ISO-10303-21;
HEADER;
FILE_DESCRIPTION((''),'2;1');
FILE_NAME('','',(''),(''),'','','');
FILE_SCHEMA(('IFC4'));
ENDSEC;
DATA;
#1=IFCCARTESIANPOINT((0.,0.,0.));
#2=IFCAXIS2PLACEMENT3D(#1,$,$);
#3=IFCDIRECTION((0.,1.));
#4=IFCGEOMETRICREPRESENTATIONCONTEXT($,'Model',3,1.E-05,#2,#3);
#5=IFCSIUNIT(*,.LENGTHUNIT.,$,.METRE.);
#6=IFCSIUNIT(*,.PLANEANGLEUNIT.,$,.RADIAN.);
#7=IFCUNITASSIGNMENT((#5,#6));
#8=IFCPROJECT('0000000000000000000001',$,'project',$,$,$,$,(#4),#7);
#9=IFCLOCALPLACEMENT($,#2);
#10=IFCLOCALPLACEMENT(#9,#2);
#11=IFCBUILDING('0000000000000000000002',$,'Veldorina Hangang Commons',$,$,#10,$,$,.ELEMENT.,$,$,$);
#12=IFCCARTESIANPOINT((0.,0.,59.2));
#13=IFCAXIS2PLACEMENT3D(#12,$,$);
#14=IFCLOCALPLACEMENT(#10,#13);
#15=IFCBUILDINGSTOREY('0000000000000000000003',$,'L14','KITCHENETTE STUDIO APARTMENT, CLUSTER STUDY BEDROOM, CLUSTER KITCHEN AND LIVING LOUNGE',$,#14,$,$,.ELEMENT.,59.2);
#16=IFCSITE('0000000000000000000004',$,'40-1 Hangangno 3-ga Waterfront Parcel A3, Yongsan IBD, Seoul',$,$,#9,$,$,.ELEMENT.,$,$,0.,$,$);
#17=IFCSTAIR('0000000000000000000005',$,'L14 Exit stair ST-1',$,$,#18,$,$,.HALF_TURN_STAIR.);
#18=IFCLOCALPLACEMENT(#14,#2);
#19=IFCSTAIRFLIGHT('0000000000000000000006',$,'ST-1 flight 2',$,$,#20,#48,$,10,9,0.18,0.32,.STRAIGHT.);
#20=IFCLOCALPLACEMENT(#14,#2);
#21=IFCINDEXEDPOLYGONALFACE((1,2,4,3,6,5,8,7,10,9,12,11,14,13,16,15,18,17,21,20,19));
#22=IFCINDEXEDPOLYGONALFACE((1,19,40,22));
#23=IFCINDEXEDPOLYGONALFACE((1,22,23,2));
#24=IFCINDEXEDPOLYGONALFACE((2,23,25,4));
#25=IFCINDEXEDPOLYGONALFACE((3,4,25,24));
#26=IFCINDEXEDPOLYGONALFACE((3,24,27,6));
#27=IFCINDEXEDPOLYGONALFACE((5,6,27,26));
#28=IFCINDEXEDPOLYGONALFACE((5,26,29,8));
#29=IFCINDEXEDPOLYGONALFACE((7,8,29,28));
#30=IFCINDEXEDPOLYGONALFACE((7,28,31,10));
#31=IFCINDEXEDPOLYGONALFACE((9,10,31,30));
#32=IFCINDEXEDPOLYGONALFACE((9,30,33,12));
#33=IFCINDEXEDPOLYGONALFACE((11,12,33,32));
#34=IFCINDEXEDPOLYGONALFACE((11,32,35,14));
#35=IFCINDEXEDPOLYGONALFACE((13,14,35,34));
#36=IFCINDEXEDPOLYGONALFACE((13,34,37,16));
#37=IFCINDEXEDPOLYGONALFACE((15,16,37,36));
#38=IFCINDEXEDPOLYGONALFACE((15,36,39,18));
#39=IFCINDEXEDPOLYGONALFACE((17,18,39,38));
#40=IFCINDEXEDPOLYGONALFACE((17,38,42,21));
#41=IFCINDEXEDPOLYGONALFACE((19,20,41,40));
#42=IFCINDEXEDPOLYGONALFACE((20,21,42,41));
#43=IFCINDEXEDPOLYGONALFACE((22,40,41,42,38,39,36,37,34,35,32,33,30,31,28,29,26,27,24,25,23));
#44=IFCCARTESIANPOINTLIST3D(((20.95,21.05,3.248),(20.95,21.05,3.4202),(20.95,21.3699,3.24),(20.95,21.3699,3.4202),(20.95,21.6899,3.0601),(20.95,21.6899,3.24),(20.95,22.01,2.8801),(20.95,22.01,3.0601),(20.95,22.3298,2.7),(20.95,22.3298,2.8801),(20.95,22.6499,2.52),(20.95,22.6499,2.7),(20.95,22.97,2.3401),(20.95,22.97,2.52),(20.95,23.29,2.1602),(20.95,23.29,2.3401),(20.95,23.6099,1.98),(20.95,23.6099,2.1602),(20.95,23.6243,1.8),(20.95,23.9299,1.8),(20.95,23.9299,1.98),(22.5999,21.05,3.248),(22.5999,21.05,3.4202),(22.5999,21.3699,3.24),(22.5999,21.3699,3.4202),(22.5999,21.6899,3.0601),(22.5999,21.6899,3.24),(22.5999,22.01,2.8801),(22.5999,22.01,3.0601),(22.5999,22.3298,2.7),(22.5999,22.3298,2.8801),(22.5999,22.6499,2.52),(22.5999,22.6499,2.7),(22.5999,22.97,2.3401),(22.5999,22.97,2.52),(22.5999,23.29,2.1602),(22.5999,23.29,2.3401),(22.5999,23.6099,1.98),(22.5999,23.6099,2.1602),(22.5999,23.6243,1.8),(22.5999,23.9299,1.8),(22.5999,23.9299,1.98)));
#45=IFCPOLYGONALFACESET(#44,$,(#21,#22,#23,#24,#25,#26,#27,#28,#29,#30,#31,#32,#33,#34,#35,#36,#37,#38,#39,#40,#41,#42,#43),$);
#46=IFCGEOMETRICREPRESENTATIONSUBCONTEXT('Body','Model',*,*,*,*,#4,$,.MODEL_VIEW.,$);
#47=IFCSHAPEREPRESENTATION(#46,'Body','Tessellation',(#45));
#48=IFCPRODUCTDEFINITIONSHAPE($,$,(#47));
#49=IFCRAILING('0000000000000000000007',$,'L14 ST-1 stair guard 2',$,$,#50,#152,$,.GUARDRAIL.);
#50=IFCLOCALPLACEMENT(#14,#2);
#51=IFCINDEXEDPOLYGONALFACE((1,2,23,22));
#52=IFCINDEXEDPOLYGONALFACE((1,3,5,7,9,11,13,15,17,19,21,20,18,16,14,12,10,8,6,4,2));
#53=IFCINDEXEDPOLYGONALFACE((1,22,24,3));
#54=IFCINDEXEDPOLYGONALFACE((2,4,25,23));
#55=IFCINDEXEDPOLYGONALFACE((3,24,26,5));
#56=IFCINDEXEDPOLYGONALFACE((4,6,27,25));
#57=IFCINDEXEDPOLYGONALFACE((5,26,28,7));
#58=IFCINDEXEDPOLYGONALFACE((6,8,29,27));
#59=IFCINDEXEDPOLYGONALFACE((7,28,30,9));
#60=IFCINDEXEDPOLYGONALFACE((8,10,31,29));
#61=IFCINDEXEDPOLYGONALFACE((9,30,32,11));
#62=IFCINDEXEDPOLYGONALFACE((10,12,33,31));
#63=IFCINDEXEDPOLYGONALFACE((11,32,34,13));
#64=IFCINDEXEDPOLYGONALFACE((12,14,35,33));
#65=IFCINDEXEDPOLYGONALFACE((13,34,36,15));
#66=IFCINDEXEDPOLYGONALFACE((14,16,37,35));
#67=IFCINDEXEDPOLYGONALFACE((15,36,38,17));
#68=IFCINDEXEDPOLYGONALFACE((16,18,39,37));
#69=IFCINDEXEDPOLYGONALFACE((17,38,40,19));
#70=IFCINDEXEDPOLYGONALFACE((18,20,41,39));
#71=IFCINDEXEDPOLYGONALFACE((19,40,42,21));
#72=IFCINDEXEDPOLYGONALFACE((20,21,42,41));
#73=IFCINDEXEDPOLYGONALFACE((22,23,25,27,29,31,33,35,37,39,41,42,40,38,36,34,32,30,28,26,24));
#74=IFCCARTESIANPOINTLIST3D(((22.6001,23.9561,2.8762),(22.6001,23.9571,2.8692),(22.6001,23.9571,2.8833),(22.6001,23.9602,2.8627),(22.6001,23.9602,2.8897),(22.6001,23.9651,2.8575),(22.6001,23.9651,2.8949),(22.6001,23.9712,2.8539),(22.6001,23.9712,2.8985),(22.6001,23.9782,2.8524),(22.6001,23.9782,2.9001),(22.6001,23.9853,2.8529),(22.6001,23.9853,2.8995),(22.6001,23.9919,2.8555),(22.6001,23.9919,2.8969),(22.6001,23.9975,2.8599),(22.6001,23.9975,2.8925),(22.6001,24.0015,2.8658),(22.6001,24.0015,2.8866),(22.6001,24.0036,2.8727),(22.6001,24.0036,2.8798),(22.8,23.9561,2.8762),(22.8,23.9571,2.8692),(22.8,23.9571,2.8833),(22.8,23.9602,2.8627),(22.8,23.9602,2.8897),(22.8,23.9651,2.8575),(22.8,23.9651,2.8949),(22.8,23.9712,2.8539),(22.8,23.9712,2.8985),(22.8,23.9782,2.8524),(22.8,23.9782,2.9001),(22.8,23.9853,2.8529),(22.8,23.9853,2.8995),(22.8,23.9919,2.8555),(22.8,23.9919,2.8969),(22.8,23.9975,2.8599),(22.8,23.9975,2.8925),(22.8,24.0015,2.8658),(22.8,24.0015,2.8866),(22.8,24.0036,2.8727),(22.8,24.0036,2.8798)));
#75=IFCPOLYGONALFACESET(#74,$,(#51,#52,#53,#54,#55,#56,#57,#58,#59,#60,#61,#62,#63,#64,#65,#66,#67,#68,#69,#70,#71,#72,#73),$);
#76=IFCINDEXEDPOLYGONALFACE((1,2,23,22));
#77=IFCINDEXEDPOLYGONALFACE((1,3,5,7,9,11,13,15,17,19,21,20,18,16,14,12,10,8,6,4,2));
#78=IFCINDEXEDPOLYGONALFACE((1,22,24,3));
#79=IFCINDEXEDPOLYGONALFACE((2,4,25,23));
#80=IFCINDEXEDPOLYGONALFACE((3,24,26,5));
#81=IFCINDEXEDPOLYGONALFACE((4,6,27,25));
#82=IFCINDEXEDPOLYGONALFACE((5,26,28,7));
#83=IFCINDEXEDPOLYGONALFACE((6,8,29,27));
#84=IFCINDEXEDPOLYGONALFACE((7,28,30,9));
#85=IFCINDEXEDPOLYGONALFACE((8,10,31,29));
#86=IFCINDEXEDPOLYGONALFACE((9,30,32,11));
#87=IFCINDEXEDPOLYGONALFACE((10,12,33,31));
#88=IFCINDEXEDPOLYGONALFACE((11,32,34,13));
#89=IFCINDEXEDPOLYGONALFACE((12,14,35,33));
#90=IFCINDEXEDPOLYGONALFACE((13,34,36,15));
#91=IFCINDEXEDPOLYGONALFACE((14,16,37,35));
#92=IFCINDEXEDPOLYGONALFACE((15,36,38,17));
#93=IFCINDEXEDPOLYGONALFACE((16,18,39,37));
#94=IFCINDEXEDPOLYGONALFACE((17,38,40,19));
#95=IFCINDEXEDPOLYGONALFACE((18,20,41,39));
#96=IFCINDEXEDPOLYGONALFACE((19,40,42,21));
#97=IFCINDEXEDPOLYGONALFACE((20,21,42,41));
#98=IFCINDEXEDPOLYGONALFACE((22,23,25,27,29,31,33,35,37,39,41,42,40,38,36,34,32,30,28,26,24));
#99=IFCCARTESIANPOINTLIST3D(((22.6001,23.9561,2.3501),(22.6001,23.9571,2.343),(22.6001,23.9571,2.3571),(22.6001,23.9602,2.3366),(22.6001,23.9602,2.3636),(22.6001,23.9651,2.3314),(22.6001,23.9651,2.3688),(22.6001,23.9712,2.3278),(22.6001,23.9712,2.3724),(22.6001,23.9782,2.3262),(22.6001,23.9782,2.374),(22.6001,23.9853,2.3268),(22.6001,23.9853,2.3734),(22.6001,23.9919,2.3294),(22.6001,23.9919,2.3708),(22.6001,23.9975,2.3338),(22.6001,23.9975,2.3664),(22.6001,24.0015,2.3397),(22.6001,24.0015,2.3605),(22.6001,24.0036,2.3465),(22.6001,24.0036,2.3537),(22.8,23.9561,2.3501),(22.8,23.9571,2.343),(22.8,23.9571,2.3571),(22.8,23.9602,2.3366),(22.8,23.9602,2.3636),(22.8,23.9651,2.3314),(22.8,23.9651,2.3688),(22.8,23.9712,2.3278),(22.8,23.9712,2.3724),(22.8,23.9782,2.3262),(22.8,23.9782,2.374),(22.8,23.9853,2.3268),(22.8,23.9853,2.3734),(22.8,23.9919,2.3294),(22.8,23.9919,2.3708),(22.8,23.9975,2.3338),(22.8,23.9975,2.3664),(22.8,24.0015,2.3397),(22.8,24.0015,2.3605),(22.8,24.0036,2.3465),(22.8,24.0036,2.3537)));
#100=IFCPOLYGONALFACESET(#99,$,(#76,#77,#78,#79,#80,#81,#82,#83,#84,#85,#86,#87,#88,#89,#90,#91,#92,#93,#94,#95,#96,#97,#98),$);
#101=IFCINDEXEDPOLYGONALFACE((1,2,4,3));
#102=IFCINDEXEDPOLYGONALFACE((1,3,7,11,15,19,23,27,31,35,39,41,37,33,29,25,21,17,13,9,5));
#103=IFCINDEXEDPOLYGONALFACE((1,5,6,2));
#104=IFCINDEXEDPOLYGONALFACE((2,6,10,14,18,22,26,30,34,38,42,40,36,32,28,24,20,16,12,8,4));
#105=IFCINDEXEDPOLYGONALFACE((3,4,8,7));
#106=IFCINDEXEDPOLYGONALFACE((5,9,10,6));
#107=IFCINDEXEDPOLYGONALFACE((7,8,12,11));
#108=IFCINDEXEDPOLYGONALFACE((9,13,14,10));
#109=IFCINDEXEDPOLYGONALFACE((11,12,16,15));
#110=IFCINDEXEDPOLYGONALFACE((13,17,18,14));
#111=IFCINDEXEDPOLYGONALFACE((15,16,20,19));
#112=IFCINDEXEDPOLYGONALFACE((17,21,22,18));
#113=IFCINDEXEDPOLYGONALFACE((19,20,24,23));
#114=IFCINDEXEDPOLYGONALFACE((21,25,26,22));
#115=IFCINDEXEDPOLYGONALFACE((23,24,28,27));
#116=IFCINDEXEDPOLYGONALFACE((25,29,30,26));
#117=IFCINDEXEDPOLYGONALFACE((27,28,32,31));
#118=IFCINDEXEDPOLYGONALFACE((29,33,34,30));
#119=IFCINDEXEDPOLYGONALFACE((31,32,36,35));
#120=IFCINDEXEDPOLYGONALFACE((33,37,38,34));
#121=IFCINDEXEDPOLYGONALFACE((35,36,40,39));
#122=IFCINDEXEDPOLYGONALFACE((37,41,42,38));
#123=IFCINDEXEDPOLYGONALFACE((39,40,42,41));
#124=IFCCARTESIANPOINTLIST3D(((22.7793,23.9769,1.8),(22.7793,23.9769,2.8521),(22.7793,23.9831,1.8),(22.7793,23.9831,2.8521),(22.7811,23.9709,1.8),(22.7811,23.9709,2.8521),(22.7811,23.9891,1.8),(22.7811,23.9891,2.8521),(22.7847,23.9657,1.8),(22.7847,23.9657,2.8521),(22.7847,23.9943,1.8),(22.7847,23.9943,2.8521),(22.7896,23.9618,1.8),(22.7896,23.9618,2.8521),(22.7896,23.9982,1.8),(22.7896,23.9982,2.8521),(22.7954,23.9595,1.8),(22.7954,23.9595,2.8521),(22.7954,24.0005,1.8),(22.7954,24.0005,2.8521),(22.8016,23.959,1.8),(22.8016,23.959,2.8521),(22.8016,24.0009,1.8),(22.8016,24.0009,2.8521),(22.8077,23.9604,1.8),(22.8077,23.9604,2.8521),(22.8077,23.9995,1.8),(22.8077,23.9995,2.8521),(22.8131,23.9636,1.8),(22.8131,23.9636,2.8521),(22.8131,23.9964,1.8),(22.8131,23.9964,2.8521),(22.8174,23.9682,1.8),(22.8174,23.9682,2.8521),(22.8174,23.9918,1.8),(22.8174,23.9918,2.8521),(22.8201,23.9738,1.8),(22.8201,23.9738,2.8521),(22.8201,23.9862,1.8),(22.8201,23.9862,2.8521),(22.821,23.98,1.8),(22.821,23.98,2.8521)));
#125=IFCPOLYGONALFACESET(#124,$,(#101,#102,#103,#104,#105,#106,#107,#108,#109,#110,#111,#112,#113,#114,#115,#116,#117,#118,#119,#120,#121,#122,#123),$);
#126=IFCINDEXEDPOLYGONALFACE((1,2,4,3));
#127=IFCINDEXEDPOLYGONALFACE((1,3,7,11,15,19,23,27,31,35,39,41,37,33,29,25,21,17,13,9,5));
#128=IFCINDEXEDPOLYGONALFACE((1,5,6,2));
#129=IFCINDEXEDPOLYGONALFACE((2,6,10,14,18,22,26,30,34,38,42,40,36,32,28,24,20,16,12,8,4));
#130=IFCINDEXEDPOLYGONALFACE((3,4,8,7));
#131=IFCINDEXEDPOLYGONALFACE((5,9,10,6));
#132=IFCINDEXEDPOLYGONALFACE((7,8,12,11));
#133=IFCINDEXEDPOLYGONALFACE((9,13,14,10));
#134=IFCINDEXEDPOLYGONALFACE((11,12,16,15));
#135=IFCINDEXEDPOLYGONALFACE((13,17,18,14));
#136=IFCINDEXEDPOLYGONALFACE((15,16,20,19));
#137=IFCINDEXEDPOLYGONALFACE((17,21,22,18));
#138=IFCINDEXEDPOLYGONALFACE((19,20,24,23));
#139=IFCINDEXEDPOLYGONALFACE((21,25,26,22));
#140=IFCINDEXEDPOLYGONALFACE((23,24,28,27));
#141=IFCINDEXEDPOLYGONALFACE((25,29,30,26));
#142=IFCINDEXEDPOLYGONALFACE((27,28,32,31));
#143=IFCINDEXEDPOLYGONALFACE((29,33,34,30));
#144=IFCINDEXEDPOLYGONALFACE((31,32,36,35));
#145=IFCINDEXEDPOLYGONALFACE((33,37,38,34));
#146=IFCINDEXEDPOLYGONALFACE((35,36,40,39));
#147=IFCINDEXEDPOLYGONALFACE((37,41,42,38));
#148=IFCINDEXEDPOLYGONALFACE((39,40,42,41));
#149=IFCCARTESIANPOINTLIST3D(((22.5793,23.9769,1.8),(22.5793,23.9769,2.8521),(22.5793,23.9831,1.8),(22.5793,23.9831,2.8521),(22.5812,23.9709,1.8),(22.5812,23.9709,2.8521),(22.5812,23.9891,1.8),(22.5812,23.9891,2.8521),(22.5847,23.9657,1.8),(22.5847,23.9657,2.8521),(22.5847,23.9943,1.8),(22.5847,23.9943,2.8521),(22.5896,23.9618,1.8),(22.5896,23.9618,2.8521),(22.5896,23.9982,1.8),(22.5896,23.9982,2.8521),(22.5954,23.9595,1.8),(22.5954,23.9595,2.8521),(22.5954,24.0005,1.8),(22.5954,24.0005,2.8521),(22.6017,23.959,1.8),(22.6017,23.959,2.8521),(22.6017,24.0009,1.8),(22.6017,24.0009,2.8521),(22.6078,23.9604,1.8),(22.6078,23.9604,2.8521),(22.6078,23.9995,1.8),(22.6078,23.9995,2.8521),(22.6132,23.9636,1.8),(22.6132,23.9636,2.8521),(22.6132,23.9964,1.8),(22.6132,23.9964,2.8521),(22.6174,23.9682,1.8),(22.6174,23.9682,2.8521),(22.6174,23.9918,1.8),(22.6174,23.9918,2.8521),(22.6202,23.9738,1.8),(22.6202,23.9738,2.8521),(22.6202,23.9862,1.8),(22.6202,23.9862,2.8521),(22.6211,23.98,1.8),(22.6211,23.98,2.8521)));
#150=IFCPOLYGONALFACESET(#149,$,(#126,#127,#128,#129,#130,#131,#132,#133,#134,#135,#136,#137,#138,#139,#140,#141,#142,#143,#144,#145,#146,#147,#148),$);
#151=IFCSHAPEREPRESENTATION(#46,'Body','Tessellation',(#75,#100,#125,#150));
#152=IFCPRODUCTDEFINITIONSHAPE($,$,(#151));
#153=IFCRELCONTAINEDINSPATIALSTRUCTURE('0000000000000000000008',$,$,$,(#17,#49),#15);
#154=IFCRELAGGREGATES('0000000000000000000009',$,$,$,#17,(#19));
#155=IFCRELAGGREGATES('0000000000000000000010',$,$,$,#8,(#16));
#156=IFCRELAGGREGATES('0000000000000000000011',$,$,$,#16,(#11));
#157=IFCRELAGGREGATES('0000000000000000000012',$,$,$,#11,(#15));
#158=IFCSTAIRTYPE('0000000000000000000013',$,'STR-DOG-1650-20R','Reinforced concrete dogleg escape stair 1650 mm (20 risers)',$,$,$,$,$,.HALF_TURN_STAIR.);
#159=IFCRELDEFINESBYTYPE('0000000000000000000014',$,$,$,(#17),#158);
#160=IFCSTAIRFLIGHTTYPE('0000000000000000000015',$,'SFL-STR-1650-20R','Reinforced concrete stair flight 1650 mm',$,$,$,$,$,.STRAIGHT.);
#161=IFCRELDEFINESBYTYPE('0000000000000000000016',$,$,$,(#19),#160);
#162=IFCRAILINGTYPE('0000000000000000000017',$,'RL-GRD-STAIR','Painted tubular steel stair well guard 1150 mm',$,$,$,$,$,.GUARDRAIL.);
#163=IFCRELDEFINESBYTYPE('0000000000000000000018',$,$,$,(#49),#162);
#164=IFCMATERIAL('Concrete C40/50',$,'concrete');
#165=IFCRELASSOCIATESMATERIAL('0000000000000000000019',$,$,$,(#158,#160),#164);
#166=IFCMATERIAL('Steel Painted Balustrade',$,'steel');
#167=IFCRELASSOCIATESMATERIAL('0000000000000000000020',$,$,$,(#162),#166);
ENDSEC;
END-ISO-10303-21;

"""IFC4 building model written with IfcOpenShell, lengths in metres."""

from ifc_helpers import new_model, si_unit, direction, frame, origin, origin_2d, place, context, subcontext, project, spatial, polyline, circle, outline, extrude, material, type_object, element, aggregate, save


model = new_model("IFC4")

# Units and contexts
model_context = context("Model", 3, precision=1e-05, world=origin(), true_north=direction((0.0, 1.0)))
body_context = subcontext(model_context, "Body", "Model", "MODEL_VIEW")
ifc_project = project(units=[si_unit("LENGTHUNIT", "METRE"), si_unit("PLANEANGLEUNIT", "RADIAN")], contexts=[model_context])

# Site, building, storey
site_placement = place(None, origin())
site = spatial("IfcSite", under=ifc_project, at=site_placement, Name="40-1 Hangangno 3-ga Waterfront Parcel A3, Yongsan IBD, Seoul", CompositionType="ELEMENT", RefElevation=0.0)
building_placement = place(site_placement, origin())
building = spatial("IfcBuilding", under=site, at=building_placement, Name="Veldorina Hangang Commons", CompositionType="ELEMENT")
storey_placement = place(building_placement, frame((0.0, 0.0, 59.2)))
storey = spatial("IfcBuildingStorey", under=building, at=storey_placement, Name="L14", Description="KITCHENETTE STUDIO APARTMENT, CLUSTER STUDY BEDROOM, CLUSTER KITCHEN AND LIVING LOUNGE", CompositionType="ELEMENT", Elevation=59.2)

# Stair, stair flight
ifc_material_1 = material(Name="Concrete C40/50", Category="concrete")
stair_type = type_object("IfcStairType", Name="STR-DOG-1650-20R", Description="Reinforced concrete dogleg escape stair 1650 mm (20 risers)", PredefinedType="HALF_TURN_STAIR", material=ifc_material_1)
stair_placement = place(storey_placement, origin())
stair = element("IfcStair", 1, at=stair_placement, inside=storey, type_object=stair_type, Name="L14 Exit stair ST-1", PredefinedType="HALF_TURN_STAIR")
stair_flight_type = type_object("IfcStairFlightType", Name="SFL-STR-1650-20R", Description="Reinforced concrete stair flight 1650 mm", PredefinedType="STRAIGHT", material=ifc_material_1)
stair_flight_1_placement = place(storey_placement, frame((21.7749, 23.9299, 1.8), z_axis=(0.0, 0.0, 1.0), x_axis=(0.0, -1.0, 0.0)))
stair_flight_1 = element("IfcStairFlight", 2, at=stair_flight_1_placement, type_object=stair_flight_type, Name="ST-1 flight 2", NumberOfRisers=10, NumberOfTreads=9, PredefinedType="STRAIGHT", RiserHeight=0.18, TreadLength=0.32, context=body_context, shape_type="SweptSolid", body=[
    extrude(outline(polyline([(0.0, 0.0), (0.0, 0.1799), (0.3201, 0.1799), (0.3201, 0.3601), (0.6399, 0.3601), (0.6399, 0.54), (0.96, 0.54), (0.96, 0.72), (1.28, 0.72), (1.28, 0.8999), (1.6001, 0.8999), (1.6001, 1.0801), (1.9199, 1.0801), (1.9199, 1.26), (2.24, 1.26), (2.24, 1.4399), (2.5601, 1.4399), (2.5601, 1.6201), (2.8799, 1.6201), (2.8799, 1.8), (2.8799, 1.448), (0.3057, 0.0), (0.0, 0.0)])), frame((0.0, 0.825, 0.0), z_axis=(0.0, -1.0, 0.0), x_axis=(1.0, 0.0, 0.0)), (0.0, 0.0, 1.0), 1.6499),
])
aggregate(stair, [stair_flight_1])

# Railing
ifc_material_2 = material(Name="Steel Painted Balustrade", Category="steel")
railing_type_1 = type_object("IfcRailingType", Name="RL-GRD-STAIR", Description="Painted tubular steel stair well guard 1150 mm", PredefinedType="GUARDRAIL", material=ifc_material_2)
railing_1_placement = place(storey_placement, frame((22.8, 23.98, 1.8)))
element("IfcRailing", 3, at=railing_1_placement, inside=storey, type_object=railing_type_1, Name="L14 ST-1 stair guard 2", PredefinedType="GUARDRAIL", context=body_context, shape_type="SweptSolid", body=[
    extrude(circle(Radius=0.0239, at=origin_2d()), frame((0.0, 0.0, 1.0762), z_axis=(-1.0, 0.0, 0.0), x_axis=(0.0, -1.0, 0.0)), (0.0, 0.0, 1.0), 0.2),
    extrude(circle(Radius=0.0239, at=origin_2d()), frame((0.0, 0.0, 0.55), z_axis=(-1.0, 0.0, 0.0), x_axis=(0.0, -1.0, 0.0)), (0.0, 0.0, 1.0), 0.2),
    extrude(circle(Radius=0.021, at=origin_2d()), origin(), (0.0, 0.0, 1.0), 1.052),
    extrude(circle(Radius=0.021, at=origin_2d()), frame((-0.2, 0.0, 0.0)), (0.0, 0.0, 1.0), 1.052),
])

save(model, "model.ifc")
